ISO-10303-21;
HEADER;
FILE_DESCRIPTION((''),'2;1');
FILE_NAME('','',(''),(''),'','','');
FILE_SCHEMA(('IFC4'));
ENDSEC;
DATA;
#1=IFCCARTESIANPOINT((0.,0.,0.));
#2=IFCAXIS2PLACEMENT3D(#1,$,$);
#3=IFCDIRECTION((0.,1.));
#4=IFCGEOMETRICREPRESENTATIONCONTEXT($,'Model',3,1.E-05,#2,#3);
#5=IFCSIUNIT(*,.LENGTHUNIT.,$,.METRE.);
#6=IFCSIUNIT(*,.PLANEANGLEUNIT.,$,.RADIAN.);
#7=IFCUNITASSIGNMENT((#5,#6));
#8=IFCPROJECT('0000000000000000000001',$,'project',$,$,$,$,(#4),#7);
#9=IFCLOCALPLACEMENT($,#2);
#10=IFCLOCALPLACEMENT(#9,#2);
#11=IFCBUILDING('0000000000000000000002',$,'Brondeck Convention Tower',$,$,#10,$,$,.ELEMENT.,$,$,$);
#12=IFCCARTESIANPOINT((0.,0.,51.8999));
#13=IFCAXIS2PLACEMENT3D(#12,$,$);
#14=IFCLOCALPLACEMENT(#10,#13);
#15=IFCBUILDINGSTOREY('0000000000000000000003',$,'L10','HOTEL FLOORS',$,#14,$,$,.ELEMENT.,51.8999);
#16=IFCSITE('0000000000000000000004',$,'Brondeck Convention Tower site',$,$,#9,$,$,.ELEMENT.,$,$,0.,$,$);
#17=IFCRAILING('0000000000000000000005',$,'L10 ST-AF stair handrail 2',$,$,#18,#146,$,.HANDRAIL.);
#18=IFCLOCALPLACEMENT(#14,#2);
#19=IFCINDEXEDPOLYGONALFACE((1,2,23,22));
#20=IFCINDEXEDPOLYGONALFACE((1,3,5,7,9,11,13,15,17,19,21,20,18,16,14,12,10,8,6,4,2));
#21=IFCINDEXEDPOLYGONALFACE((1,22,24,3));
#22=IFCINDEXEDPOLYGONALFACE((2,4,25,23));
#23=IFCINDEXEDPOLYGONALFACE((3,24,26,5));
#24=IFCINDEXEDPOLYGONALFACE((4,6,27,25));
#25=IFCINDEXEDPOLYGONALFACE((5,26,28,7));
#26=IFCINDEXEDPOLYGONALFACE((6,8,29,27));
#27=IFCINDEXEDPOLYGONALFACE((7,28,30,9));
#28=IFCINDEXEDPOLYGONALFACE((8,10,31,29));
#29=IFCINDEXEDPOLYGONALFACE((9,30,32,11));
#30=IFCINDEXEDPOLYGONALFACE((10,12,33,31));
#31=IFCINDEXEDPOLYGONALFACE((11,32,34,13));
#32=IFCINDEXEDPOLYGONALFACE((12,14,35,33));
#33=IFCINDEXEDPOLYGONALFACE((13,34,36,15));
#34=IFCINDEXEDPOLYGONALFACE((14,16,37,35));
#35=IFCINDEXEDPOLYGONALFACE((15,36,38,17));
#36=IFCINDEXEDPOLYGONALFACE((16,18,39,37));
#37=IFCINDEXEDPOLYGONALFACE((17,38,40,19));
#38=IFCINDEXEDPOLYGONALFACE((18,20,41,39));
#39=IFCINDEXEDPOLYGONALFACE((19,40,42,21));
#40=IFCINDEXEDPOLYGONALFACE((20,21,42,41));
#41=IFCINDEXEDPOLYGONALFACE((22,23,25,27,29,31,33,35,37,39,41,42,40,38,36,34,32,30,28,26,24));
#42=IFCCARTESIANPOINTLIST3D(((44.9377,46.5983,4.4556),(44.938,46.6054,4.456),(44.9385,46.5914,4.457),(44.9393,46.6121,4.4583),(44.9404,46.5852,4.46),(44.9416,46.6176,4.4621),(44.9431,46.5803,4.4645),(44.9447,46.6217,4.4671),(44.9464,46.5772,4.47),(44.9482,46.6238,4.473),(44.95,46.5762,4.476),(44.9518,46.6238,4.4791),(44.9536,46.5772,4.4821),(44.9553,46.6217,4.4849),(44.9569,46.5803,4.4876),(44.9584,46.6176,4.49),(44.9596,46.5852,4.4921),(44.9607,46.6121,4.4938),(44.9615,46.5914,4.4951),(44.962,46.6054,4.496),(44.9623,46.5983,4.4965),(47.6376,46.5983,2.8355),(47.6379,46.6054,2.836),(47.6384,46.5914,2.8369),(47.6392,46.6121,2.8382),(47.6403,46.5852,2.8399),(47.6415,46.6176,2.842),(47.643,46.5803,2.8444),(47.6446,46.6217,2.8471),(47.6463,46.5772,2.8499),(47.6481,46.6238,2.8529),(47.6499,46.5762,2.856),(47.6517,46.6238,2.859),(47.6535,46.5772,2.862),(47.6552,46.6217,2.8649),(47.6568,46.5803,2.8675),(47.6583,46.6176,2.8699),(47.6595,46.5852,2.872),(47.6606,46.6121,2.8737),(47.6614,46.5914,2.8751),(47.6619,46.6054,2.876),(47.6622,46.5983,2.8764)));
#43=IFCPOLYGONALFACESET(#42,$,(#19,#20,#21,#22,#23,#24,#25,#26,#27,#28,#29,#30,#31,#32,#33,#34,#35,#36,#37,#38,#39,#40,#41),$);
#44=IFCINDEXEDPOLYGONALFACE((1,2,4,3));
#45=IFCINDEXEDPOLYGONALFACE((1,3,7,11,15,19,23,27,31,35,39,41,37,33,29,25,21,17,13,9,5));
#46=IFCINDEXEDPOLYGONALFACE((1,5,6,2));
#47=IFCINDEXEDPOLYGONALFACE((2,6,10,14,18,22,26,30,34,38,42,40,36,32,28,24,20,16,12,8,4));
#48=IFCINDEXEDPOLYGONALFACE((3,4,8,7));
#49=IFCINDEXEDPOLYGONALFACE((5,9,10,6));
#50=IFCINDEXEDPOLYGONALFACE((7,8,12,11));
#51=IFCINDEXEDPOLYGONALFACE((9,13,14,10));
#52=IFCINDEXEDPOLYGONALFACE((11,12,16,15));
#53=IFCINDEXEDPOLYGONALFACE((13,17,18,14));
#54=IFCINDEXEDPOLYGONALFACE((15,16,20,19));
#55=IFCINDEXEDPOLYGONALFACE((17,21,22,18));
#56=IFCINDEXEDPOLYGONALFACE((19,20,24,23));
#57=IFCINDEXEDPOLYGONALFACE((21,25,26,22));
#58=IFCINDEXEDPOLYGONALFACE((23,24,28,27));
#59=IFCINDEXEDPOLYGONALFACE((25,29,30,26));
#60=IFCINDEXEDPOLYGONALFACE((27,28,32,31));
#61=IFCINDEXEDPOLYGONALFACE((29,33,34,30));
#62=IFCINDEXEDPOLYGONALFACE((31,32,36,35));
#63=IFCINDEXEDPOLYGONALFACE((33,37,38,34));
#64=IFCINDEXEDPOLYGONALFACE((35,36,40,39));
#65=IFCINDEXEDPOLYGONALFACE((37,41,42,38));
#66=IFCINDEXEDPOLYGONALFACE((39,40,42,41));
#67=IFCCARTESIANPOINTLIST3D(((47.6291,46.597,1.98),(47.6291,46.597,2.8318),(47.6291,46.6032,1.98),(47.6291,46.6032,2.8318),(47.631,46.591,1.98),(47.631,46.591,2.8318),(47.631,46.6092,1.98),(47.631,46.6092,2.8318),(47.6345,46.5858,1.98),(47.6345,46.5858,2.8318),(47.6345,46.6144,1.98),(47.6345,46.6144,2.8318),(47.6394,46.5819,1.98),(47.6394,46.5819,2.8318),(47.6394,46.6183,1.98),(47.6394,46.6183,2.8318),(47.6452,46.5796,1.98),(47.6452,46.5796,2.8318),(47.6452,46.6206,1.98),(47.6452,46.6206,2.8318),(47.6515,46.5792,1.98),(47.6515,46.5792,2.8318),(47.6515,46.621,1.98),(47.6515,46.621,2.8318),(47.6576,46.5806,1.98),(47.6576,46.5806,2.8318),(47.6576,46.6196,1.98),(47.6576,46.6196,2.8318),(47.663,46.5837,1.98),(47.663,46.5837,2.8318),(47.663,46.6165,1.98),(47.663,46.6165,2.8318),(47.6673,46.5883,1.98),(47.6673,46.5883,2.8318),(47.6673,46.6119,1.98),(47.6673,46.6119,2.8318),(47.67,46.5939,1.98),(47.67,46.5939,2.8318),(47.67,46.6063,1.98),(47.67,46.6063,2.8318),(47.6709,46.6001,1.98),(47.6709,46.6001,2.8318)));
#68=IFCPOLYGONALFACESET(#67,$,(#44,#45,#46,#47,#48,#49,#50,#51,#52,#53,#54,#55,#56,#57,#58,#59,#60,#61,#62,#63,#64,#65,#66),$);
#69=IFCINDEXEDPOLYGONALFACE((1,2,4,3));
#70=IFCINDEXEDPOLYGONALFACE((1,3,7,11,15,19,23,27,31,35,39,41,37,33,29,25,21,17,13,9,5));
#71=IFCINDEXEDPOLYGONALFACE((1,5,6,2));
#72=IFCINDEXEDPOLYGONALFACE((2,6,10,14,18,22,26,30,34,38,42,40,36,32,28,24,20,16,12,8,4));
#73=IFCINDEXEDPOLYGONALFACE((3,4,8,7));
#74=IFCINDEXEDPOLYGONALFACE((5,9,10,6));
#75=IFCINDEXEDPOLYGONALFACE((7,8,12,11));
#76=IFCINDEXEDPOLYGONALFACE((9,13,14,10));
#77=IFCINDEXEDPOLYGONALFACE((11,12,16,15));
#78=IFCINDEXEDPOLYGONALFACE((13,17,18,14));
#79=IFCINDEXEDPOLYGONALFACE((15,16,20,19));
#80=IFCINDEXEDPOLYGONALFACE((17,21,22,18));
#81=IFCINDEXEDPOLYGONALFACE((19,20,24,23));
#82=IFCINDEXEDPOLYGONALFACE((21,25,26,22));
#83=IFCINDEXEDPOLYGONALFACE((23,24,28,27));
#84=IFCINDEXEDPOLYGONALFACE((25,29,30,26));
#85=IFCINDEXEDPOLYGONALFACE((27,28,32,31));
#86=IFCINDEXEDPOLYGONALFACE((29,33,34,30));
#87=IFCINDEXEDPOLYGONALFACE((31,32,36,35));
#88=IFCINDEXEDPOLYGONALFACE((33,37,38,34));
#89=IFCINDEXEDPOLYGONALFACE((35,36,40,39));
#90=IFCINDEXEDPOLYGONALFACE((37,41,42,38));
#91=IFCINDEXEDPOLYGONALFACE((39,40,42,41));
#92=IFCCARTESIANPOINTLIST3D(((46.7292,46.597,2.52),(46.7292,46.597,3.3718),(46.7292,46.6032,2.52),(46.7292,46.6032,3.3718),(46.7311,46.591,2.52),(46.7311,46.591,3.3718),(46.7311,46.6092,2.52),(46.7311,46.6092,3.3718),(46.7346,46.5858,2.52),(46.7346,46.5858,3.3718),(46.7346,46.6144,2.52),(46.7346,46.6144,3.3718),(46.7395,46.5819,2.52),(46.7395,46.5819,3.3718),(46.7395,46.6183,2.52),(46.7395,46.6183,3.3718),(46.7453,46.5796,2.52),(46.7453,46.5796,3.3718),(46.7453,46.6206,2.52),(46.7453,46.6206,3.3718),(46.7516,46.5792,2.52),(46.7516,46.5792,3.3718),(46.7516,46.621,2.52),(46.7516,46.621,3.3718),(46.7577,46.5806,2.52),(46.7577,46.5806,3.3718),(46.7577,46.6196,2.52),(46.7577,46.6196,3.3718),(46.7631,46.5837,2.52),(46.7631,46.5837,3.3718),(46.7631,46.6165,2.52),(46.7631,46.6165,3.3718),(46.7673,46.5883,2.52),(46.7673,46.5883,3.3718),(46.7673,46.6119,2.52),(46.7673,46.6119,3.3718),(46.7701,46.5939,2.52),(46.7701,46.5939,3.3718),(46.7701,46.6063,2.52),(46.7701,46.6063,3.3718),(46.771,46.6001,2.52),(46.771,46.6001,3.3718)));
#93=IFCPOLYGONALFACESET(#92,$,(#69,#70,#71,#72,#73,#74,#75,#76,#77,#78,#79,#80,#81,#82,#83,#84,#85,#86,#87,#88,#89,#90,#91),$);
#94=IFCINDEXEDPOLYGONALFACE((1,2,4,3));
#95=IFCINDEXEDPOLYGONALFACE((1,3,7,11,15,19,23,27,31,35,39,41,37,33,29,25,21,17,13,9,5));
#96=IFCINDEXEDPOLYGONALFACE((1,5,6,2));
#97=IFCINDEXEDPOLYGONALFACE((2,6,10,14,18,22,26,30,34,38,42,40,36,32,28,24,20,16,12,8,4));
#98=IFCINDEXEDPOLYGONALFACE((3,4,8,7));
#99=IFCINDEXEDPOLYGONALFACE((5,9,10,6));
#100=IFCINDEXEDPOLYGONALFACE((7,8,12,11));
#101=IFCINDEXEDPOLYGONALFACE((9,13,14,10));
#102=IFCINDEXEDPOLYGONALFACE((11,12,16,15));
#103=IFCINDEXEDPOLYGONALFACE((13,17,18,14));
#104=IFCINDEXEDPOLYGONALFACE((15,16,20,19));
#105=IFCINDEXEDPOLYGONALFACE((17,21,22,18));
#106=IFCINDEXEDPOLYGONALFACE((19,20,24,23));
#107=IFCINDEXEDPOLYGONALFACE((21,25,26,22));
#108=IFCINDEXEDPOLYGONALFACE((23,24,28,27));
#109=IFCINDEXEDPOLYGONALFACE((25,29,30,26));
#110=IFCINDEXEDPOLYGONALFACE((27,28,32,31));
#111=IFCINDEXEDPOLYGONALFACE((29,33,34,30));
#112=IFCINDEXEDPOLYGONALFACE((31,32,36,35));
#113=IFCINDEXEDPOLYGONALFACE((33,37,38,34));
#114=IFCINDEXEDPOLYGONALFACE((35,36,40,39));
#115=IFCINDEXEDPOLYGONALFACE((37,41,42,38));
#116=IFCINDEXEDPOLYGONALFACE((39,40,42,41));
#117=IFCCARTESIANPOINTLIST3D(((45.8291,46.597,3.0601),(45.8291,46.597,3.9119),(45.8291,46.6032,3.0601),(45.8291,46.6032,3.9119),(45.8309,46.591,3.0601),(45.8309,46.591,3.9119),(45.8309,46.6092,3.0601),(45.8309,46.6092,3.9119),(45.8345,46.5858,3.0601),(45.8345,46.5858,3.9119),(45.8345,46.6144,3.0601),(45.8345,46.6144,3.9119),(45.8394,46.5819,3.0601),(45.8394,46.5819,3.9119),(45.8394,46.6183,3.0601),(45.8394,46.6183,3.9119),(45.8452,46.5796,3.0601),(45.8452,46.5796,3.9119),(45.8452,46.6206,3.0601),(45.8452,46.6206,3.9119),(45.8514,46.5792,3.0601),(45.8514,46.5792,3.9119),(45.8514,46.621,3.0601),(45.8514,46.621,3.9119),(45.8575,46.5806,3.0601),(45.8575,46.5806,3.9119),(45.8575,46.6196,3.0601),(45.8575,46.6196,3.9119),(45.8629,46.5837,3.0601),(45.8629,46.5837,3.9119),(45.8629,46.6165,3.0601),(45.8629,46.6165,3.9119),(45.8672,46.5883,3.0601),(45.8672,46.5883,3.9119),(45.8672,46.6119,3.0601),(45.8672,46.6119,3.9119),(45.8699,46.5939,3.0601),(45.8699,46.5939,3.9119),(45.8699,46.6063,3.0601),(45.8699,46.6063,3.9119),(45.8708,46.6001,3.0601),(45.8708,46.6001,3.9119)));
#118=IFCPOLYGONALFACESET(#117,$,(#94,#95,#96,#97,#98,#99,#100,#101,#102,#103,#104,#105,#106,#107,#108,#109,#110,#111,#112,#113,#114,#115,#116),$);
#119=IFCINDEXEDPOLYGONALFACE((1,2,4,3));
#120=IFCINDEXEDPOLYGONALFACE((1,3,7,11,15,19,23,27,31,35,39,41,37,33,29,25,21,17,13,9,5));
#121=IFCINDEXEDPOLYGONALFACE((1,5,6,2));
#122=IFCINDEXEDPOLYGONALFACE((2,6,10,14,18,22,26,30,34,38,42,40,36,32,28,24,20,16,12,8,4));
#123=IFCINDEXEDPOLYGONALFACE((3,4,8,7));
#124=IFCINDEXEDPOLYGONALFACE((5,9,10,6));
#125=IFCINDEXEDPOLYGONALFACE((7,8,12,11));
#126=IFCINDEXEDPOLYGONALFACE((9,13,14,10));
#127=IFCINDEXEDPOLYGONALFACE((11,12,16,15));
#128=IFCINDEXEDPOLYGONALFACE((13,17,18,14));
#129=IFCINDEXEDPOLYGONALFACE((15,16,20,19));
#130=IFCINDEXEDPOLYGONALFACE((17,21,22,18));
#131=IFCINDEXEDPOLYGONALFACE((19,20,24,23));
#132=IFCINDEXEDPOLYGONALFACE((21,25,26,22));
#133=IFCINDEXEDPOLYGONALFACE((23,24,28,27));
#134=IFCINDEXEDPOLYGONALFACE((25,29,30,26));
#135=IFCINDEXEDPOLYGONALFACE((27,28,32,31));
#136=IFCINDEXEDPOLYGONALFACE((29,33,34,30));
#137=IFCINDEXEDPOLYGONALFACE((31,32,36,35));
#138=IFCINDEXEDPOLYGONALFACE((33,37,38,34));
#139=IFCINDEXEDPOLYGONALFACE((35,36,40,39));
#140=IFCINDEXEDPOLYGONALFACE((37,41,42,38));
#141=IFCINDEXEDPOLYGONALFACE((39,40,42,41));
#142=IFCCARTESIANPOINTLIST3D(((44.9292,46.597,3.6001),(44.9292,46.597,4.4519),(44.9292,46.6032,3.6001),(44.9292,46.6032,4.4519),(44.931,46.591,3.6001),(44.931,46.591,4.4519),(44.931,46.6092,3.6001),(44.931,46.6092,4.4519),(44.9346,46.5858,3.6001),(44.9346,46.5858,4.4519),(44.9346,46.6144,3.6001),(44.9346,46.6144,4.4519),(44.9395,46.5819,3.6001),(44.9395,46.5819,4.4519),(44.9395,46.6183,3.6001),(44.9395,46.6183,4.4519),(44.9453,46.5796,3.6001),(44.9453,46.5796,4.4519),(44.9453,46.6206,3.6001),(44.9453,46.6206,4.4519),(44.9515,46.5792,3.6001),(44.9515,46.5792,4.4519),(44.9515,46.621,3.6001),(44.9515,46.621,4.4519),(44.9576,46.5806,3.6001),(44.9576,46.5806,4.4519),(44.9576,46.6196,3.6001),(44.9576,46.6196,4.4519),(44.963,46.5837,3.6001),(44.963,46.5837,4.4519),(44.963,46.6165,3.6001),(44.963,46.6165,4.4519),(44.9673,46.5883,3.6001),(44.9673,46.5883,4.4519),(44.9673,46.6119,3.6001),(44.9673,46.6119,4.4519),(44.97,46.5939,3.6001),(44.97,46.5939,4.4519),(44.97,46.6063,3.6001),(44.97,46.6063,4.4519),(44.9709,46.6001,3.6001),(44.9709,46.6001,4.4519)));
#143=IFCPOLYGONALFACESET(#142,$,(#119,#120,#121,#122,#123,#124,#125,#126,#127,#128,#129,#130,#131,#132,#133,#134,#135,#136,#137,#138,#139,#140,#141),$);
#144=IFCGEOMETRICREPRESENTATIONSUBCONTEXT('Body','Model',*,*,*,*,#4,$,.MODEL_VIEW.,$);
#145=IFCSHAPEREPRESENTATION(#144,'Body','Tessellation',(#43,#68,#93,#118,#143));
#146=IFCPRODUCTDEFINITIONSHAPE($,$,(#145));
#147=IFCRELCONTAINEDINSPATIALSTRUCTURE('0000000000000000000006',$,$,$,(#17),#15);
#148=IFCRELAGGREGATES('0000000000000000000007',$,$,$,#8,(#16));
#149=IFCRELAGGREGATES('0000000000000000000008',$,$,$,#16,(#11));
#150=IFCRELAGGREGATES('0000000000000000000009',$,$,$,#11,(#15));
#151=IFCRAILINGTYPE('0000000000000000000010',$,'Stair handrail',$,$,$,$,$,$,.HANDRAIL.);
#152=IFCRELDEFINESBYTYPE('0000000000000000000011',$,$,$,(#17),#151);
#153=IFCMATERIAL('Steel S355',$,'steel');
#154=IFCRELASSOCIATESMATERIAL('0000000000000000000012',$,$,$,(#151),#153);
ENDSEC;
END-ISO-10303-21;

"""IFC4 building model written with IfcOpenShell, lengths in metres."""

from ifc_helpers import new_model, si_unit, direction, frame, origin, origin_2d, place, context, subcontext, project, spatial, circle, extrude, material, type_object, element, save


model = new_model("IFC4")

# Units and contexts
model_context = context("Model", 3, precision=1e-05, world=origin(), true_north=direction((0.0, 1.0)))
body_context = subcontext(model_context, "Body", "Model", "MODEL_VIEW")
ifc_project = project(units=[si_unit("LENGTHUNIT", "METRE"), si_unit("PLANEANGLEUNIT", "RADIAN")], contexts=[model_context])

# Site, building, storey
site_placement = place(None, origin())
site = spatial("IfcSite", under=ifc_project, at=site_placement, Name="Brondeck Convention Tower site", CompositionType="ELEMENT", RefElevation=0.0)
building_placement = place(site_placement, origin())
building = spatial("IfcBuilding", under=site, at=building_placement, Name="Brondeck Convention Tower", CompositionType="ELEMENT")
storey_placement = place(building_placement, frame((0.0, 0.0, 51.8999)))
storey = spatial("IfcBuildingStorey", under=building, at=storey_placement, Name="L10", Description="HOTEL FLOORS", CompositionType="ELEMENT", Elevation=51.8999)

# Shared definitions
ifc_material_1 = material(Name="Steel S355", Category="steel")

# Railing
railing_type = type_object("IfcRailingType", Name="Stair handrail", PredefinedType="HANDRAIL", material=ifc_material_1)
railing_placement = place(storey_placement, frame((47.6499, 46.6001, 1.98)))
element("IfcRailing", 1, at=railing_placement, inside=storey, type_object=railing_type, Name="L10 ST-AF stair handrail 2", PredefinedType="HANDRAIL", context=body_context, shape_type="SweptSolid", body=[
    extrude(circle(Radius=0.0239, at=origin_2d()), frame((0.0, 0.0, 0.876), z_axis=(-0.857472, 0.0, 0.51453), x_axis=(0.0, -1.0, 0.0)), (0.0, 0.0, 1.0), 3.1487),
    extrude(circle(Radius=0.021, at=origin_2d()), origin(), (0.0, 0.0, 1.0), 0.8518),
    extrude(circle(Radius=0.021, at=origin_2d()), frame((-0.8999, 0.0, 0.54)), (0.0, 0.0, 1.0), 0.8518),
    extrude(circle(Radius=0.021, at=origin_2d()), frame((-1.8, 0.0, 1.0801)), (0.0, 0.0, 1.0), 0.8518),
    extrude(circle(Radius=0.021, at=origin_2d()), frame((-2.7, 0.0, 1.6201)), (0.0, 0.0, 1.0), 0.8518),
])

save(model, "model.ifc")
